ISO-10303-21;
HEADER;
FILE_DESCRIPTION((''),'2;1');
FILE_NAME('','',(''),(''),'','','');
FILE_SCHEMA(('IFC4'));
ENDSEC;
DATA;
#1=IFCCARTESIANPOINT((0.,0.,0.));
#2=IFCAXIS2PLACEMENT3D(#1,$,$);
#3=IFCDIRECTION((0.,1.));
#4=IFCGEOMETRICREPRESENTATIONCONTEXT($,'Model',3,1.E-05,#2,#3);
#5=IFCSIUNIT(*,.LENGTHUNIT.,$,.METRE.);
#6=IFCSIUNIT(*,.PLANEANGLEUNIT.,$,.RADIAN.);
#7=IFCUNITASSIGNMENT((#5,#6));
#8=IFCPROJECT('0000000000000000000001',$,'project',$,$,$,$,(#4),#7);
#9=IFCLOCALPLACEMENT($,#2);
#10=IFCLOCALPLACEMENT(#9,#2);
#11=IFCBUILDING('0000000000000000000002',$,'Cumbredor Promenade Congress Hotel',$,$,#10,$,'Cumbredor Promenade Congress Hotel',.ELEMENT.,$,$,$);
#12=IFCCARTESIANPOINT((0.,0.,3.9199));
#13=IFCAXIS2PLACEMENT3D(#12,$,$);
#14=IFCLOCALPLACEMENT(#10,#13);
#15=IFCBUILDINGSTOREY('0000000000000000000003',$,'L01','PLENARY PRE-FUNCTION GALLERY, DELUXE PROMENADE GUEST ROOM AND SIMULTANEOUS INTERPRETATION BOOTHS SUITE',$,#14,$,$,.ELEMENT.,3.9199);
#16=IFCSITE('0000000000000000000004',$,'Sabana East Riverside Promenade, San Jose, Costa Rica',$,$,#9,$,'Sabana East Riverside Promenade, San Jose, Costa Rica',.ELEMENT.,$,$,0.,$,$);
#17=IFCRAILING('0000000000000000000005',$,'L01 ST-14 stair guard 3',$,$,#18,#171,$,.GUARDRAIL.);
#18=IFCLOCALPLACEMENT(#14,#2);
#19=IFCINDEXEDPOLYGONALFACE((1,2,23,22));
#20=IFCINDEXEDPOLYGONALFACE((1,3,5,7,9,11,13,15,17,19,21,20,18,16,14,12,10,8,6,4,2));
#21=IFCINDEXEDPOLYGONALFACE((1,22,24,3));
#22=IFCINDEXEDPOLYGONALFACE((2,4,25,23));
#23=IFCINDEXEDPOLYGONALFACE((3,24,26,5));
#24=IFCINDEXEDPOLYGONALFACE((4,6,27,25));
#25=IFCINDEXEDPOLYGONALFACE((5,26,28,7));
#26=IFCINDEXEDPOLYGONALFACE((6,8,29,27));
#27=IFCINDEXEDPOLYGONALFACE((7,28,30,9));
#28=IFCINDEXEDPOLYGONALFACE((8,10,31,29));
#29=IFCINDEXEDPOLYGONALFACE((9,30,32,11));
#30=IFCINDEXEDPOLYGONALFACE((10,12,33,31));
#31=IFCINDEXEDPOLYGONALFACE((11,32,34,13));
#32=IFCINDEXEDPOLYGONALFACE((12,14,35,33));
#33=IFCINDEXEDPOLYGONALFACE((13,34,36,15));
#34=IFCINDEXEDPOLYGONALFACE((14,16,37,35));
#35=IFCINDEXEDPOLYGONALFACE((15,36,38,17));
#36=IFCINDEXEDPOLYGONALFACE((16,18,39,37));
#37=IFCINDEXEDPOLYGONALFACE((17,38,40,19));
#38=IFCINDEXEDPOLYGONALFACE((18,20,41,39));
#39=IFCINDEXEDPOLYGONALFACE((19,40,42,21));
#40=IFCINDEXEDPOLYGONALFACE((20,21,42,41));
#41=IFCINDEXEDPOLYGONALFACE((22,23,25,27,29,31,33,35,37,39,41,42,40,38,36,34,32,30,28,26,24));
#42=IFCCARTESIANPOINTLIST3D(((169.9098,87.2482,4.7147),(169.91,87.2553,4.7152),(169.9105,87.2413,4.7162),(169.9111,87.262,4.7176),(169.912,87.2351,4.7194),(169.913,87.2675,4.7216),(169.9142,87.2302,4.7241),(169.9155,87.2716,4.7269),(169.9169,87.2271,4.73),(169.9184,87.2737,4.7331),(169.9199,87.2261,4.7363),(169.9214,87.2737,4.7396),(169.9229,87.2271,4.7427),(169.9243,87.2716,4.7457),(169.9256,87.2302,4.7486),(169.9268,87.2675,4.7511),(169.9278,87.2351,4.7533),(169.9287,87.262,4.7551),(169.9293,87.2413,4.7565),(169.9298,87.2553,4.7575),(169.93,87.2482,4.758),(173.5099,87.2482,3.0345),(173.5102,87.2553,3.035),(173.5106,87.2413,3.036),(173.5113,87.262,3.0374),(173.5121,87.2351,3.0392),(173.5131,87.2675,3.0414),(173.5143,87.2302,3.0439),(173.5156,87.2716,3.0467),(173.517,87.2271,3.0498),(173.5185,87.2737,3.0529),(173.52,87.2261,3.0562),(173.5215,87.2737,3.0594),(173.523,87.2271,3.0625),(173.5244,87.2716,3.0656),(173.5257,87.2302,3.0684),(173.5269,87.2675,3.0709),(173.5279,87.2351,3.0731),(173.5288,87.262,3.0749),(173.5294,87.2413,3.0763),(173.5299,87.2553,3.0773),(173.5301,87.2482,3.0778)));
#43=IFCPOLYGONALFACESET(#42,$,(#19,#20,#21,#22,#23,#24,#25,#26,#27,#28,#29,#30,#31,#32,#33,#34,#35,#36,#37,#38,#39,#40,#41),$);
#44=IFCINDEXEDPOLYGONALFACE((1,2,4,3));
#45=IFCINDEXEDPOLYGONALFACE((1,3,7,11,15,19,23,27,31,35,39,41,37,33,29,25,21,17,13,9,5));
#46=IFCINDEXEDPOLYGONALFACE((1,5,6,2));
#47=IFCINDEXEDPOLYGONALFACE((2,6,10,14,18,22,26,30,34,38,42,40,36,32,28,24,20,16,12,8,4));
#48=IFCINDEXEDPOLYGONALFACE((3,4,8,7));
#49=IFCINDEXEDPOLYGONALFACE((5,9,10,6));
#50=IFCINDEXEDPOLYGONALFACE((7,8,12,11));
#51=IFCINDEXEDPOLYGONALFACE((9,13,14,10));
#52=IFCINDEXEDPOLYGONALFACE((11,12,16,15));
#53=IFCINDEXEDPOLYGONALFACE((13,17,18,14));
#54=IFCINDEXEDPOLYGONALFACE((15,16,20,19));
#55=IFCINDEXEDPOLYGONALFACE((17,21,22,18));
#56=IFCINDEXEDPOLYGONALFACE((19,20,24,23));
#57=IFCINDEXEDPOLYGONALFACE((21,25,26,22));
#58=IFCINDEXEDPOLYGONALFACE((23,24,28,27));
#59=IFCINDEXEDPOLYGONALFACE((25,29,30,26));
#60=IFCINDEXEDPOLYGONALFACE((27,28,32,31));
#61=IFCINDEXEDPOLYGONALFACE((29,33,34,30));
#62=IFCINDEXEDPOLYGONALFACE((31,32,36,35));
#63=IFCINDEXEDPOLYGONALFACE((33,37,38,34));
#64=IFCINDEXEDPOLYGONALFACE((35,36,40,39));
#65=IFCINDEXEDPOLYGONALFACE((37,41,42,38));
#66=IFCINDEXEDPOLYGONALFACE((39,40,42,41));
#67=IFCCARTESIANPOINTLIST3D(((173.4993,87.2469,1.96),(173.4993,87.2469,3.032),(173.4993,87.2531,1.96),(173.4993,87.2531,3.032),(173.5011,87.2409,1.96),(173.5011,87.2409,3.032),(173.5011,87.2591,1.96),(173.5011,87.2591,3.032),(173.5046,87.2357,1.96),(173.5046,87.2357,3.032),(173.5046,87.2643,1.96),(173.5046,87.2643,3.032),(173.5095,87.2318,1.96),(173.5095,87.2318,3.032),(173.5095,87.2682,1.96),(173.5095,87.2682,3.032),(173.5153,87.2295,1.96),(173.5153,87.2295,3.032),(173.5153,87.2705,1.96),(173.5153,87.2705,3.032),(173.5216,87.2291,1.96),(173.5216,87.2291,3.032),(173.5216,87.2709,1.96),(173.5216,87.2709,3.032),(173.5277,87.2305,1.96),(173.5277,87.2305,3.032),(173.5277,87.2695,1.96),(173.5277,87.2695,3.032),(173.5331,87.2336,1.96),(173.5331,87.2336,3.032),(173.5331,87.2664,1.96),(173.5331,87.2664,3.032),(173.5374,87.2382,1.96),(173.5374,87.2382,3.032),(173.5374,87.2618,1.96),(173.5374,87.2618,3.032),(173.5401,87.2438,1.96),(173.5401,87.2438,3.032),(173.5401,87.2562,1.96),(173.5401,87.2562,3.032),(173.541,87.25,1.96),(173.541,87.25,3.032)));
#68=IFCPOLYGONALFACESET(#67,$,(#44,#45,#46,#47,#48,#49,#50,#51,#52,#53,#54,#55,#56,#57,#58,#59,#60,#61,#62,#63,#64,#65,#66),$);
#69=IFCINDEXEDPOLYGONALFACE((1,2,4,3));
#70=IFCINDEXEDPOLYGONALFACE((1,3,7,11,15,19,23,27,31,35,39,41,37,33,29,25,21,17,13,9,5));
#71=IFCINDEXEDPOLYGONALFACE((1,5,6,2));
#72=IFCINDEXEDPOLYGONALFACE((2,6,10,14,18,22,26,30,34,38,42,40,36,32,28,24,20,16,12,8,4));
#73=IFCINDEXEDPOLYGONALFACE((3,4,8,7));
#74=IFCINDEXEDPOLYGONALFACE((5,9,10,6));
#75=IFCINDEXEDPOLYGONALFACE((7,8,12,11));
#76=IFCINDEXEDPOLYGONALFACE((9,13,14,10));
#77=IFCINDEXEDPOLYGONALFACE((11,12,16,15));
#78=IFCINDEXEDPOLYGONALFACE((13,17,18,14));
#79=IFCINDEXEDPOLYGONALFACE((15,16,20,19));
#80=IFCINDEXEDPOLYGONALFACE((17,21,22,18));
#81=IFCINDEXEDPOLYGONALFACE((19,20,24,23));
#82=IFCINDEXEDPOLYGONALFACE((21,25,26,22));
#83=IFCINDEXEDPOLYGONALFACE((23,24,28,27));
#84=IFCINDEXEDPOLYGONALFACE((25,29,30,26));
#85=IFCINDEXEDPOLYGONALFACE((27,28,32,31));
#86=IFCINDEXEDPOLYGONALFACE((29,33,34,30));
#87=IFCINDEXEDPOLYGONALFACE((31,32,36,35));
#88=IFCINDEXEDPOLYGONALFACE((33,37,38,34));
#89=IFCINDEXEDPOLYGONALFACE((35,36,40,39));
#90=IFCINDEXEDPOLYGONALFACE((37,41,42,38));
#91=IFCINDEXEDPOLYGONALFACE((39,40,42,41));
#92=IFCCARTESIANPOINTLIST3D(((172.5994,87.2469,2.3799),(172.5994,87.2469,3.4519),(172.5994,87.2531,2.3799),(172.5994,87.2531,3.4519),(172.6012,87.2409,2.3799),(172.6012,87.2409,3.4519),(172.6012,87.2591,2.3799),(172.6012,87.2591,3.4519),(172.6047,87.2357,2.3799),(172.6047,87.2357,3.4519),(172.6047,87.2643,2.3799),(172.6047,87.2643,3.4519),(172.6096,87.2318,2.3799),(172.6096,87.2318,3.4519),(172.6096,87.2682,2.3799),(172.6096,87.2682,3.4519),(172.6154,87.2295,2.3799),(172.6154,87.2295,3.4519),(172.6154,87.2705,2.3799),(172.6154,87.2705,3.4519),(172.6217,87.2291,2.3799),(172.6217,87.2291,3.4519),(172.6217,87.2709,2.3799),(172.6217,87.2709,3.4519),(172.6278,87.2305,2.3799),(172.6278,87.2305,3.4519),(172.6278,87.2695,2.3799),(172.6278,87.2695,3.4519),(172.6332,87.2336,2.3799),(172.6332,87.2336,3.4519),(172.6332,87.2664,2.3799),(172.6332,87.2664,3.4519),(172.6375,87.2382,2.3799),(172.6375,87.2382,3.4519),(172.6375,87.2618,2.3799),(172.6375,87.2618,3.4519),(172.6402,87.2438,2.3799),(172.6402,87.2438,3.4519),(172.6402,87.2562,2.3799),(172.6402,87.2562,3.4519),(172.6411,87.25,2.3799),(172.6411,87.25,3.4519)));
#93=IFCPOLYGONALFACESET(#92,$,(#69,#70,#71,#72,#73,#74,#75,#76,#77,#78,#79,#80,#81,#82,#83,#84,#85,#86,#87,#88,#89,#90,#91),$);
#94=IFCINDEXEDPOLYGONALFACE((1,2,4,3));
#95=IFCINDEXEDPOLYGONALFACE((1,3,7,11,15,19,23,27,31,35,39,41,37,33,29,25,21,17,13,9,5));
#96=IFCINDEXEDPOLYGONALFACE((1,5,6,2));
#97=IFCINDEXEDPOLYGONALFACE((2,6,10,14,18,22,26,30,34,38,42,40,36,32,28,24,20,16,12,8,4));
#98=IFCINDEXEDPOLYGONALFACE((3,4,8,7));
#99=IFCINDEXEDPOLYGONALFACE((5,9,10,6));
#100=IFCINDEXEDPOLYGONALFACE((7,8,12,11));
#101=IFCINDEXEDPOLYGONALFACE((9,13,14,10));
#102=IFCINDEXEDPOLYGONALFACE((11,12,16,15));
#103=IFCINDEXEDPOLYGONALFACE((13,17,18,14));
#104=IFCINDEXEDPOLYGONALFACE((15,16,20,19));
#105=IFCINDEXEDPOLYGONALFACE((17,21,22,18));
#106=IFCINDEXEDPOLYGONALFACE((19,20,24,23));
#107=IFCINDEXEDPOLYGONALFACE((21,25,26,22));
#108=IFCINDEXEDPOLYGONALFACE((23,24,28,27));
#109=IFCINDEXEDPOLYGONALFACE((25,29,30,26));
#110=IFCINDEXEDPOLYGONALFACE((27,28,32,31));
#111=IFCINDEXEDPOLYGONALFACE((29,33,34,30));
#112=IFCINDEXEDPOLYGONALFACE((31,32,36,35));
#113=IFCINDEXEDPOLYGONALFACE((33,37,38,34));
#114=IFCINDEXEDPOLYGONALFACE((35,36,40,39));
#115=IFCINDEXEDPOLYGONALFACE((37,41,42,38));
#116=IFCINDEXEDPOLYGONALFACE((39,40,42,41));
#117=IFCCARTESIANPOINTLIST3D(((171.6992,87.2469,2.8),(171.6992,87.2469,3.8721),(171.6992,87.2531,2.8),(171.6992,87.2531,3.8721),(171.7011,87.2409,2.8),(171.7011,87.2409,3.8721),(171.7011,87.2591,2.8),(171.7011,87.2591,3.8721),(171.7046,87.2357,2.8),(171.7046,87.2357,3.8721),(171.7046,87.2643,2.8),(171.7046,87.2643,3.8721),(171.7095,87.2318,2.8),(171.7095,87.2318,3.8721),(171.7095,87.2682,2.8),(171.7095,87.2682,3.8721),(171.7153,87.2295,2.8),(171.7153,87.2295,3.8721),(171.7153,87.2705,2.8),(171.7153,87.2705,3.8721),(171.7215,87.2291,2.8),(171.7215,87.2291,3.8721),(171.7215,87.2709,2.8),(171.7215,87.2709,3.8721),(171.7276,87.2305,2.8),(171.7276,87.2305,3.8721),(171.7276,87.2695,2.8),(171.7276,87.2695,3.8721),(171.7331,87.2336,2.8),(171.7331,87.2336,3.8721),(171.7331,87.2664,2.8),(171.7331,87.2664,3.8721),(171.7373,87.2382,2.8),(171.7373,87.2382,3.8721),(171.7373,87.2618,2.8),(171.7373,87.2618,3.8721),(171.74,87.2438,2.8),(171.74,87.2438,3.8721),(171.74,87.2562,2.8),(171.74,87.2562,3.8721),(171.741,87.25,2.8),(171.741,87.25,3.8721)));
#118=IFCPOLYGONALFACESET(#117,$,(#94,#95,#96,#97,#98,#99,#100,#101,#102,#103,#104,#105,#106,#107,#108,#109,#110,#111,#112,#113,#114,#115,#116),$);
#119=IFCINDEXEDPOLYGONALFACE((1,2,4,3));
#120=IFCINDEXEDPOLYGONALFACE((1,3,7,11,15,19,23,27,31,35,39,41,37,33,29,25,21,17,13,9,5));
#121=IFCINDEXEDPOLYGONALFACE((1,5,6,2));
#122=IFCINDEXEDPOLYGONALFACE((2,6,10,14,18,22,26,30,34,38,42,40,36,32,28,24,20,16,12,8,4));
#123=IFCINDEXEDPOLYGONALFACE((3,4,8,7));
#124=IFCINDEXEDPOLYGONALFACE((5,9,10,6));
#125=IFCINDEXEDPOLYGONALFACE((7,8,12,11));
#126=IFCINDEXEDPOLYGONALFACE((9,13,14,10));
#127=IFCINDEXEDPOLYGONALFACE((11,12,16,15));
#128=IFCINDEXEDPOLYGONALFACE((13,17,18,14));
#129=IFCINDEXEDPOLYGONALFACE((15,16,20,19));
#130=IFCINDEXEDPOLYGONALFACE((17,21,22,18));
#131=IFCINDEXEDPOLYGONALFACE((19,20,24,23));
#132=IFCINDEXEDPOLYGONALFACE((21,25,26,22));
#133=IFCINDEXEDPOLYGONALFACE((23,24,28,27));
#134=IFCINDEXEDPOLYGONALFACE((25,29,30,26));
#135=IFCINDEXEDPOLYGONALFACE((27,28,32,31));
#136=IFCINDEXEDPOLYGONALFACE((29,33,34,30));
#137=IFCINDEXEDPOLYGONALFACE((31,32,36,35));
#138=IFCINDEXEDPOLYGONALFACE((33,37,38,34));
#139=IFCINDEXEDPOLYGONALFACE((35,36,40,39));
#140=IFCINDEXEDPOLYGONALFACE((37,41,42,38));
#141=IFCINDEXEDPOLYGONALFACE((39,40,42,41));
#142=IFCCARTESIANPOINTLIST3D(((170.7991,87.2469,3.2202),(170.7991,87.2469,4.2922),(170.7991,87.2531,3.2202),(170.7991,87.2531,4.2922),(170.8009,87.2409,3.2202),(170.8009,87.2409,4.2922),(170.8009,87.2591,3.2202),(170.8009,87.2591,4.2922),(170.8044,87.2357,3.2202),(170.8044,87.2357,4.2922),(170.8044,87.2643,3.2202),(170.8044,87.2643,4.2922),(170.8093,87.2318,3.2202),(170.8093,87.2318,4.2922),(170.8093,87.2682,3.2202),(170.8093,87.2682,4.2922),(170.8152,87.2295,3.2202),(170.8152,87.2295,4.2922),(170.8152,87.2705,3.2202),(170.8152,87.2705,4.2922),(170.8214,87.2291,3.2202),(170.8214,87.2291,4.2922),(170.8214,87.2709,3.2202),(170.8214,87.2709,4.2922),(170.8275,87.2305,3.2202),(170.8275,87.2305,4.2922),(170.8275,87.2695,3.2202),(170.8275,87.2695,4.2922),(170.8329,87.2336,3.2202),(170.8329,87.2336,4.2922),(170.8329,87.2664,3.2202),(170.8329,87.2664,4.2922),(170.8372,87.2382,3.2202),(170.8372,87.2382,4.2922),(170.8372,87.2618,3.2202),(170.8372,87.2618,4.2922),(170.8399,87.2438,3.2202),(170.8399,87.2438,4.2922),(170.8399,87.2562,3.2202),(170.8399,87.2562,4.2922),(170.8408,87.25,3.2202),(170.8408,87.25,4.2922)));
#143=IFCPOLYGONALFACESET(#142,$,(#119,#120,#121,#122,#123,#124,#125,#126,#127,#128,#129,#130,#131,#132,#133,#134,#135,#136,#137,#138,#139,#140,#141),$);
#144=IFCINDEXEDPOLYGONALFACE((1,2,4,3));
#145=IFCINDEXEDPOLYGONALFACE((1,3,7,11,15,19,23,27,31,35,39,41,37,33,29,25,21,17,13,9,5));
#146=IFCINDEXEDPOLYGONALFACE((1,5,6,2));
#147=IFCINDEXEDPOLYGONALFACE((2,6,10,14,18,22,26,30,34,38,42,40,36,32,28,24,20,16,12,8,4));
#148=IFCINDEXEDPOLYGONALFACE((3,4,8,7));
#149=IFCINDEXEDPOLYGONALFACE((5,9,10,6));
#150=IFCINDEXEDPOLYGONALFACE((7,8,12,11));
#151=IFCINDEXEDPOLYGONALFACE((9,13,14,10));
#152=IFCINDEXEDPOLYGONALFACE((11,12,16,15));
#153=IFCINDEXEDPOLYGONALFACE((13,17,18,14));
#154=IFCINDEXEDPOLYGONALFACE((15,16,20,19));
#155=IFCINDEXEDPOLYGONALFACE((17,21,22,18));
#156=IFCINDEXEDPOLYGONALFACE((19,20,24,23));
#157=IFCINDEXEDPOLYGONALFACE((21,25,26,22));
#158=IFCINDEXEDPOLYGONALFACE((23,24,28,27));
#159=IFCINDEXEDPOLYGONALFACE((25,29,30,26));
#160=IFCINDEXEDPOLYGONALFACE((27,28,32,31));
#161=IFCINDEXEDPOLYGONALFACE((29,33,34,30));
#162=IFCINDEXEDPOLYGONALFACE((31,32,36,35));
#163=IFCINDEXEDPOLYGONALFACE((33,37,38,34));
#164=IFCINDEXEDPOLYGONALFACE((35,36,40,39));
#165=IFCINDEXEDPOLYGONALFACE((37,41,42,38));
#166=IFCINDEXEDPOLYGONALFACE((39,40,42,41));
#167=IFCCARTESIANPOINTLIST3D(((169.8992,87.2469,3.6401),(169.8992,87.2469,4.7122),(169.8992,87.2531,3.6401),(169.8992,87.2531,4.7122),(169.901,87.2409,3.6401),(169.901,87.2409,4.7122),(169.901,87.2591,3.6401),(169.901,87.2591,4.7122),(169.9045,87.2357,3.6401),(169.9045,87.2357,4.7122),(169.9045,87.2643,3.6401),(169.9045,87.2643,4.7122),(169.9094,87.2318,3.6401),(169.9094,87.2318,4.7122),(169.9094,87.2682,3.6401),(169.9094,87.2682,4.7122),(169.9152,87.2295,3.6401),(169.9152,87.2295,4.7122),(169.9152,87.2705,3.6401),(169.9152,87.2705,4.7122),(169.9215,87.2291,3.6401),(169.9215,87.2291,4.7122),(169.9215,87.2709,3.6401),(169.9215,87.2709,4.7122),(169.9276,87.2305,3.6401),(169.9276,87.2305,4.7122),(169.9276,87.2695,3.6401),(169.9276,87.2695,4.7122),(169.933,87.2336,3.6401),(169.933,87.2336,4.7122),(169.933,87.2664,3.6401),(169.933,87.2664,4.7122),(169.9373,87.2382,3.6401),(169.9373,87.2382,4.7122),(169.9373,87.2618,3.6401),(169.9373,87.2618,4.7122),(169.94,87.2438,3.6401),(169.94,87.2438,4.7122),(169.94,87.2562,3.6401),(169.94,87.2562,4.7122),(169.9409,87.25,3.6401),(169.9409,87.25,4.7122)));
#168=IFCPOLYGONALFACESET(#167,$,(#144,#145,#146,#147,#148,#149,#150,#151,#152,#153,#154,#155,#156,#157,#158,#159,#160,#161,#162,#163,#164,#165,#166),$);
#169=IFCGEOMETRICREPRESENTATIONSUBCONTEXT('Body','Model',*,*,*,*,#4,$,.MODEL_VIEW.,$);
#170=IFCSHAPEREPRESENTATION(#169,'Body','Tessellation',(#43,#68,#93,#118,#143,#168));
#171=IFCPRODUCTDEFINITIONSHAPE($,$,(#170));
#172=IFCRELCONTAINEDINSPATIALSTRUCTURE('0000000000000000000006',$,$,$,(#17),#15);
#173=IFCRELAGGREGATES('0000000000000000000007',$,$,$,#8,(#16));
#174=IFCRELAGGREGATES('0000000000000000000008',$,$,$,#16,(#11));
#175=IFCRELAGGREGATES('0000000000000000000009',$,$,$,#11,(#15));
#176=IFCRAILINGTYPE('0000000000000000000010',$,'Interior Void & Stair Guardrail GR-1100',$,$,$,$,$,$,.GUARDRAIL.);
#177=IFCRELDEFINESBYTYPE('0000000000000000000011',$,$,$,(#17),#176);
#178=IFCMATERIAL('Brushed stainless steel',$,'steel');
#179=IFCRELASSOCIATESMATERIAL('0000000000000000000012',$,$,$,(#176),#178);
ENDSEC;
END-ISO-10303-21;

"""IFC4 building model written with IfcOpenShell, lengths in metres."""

from ifc_helpers import new_model, si_unit, direction, frame, origin, origin_2d, place, context, subcontext, project, spatial, circle, extrude, material, type_object, element, save


model = new_model("IFC4")

# Units and contexts
model_context = context("Model", 3, precision=1e-05, world=origin(), true_north=direction((0.0, 1.0)))
body_context = subcontext(model_context, "Body", "Model", "MODEL_VIEW")
ifc_project = project(units=[si_unit("LENGTHUNIT", "METRE"), si_unit("PLANEANGLEUNIT", "RADIAN")], contexts=[model_context])

# Site, building, storey
site_placement = place(None, origin())
site = spatial("IfcSite", under=ifc_project, at=site_placement, Name="Sabana East Riverside Promenade, San Jose, Costa Rica", LongName="Sabana East Riverside Promenade, San Jose, Costa Rica", CompositionType="ELEMENT", RefElevation=0.0)
building_placement = place(site_placement, origin())
building = spatial("IfcBuilding", under=site, at=building_placement, Name="Cumbredor Promenade Congress Hotel", LongName="Cumbredor Promenade Congress Hotel", CompositionType="ELEMENT")
storey_placement = place(building_placement, frame((0.0, 0.0, 3.9199)))
storey = spatial("IfcBuildingStorey", under=building, at=storey_placement, Name="L01", Description="PLENARY PRE-FUNCTION GALLERY, DELUXE PROMENADE GUEST ROOM AND SIMULTANEOUS INTERPRETATION BOOTHS SUITE", CompositionType="ELEMENT", Elevation=3.9199)

# Railing
ifc_material_1 = material(Name="Brushed stainless steel", Category="steel")
railing_type_1 = type_object("IfcRailingType", Name="Interior Void & Stair Guardrail GR-1100", PredefinedType="GUARDRAIL", material=ifc_material_1)
railing_1_placement = place(storey_placement, frame((173.52, 87.25, 1.96)))
element("IfcRailing", 1, at=railing_1_placement, inside=storey, type_object=railing_type_1, Name="L01 ST-14 stair guard 3", PredefinedType="GUARDRAIL", context=body_context, shape_type="SweptSolid", body=[
    extrude(circle(Radius=0.0239, at=origin_2d()), frame((0.0, 0.0, 1.0962), z_axis=(-0.906171, 0.0, 0.422912), x_axis=(0.0, -1.0, 0.0)), (0.0, 0.0, 1.0), 3.9729),
    extrude(circle(Radius=0.021, at=origin_2d()), origin(), (0.0, 0.0, 1.0), 1.072),
    extrude(circle(Radius=0.021, at=origin_2d()), frame((-0.8999, 0.0, 0.4199)), (0.0, 0.0, 1.0), 1.072),
    extrude(circle(Radius=0.021, at=origin_2d()), frame((-1.8, 0.0, 0.8401)), (0.0, 0.0, 1.0), 1.072),
    extrude(circle(Radius=0.021, at=origin_2d()), frame((-2.7002, 0.0, 1.2603)), (0.0, 0.0, 1.0), 1.072),
    extrude(circle(Radius=0.021, at=origin_2d()), frame((-3.6001, 0.0, 1.6802)), (0.0, 0.0, 1.0), 1.072),
])

save(model, "model.ifc")
